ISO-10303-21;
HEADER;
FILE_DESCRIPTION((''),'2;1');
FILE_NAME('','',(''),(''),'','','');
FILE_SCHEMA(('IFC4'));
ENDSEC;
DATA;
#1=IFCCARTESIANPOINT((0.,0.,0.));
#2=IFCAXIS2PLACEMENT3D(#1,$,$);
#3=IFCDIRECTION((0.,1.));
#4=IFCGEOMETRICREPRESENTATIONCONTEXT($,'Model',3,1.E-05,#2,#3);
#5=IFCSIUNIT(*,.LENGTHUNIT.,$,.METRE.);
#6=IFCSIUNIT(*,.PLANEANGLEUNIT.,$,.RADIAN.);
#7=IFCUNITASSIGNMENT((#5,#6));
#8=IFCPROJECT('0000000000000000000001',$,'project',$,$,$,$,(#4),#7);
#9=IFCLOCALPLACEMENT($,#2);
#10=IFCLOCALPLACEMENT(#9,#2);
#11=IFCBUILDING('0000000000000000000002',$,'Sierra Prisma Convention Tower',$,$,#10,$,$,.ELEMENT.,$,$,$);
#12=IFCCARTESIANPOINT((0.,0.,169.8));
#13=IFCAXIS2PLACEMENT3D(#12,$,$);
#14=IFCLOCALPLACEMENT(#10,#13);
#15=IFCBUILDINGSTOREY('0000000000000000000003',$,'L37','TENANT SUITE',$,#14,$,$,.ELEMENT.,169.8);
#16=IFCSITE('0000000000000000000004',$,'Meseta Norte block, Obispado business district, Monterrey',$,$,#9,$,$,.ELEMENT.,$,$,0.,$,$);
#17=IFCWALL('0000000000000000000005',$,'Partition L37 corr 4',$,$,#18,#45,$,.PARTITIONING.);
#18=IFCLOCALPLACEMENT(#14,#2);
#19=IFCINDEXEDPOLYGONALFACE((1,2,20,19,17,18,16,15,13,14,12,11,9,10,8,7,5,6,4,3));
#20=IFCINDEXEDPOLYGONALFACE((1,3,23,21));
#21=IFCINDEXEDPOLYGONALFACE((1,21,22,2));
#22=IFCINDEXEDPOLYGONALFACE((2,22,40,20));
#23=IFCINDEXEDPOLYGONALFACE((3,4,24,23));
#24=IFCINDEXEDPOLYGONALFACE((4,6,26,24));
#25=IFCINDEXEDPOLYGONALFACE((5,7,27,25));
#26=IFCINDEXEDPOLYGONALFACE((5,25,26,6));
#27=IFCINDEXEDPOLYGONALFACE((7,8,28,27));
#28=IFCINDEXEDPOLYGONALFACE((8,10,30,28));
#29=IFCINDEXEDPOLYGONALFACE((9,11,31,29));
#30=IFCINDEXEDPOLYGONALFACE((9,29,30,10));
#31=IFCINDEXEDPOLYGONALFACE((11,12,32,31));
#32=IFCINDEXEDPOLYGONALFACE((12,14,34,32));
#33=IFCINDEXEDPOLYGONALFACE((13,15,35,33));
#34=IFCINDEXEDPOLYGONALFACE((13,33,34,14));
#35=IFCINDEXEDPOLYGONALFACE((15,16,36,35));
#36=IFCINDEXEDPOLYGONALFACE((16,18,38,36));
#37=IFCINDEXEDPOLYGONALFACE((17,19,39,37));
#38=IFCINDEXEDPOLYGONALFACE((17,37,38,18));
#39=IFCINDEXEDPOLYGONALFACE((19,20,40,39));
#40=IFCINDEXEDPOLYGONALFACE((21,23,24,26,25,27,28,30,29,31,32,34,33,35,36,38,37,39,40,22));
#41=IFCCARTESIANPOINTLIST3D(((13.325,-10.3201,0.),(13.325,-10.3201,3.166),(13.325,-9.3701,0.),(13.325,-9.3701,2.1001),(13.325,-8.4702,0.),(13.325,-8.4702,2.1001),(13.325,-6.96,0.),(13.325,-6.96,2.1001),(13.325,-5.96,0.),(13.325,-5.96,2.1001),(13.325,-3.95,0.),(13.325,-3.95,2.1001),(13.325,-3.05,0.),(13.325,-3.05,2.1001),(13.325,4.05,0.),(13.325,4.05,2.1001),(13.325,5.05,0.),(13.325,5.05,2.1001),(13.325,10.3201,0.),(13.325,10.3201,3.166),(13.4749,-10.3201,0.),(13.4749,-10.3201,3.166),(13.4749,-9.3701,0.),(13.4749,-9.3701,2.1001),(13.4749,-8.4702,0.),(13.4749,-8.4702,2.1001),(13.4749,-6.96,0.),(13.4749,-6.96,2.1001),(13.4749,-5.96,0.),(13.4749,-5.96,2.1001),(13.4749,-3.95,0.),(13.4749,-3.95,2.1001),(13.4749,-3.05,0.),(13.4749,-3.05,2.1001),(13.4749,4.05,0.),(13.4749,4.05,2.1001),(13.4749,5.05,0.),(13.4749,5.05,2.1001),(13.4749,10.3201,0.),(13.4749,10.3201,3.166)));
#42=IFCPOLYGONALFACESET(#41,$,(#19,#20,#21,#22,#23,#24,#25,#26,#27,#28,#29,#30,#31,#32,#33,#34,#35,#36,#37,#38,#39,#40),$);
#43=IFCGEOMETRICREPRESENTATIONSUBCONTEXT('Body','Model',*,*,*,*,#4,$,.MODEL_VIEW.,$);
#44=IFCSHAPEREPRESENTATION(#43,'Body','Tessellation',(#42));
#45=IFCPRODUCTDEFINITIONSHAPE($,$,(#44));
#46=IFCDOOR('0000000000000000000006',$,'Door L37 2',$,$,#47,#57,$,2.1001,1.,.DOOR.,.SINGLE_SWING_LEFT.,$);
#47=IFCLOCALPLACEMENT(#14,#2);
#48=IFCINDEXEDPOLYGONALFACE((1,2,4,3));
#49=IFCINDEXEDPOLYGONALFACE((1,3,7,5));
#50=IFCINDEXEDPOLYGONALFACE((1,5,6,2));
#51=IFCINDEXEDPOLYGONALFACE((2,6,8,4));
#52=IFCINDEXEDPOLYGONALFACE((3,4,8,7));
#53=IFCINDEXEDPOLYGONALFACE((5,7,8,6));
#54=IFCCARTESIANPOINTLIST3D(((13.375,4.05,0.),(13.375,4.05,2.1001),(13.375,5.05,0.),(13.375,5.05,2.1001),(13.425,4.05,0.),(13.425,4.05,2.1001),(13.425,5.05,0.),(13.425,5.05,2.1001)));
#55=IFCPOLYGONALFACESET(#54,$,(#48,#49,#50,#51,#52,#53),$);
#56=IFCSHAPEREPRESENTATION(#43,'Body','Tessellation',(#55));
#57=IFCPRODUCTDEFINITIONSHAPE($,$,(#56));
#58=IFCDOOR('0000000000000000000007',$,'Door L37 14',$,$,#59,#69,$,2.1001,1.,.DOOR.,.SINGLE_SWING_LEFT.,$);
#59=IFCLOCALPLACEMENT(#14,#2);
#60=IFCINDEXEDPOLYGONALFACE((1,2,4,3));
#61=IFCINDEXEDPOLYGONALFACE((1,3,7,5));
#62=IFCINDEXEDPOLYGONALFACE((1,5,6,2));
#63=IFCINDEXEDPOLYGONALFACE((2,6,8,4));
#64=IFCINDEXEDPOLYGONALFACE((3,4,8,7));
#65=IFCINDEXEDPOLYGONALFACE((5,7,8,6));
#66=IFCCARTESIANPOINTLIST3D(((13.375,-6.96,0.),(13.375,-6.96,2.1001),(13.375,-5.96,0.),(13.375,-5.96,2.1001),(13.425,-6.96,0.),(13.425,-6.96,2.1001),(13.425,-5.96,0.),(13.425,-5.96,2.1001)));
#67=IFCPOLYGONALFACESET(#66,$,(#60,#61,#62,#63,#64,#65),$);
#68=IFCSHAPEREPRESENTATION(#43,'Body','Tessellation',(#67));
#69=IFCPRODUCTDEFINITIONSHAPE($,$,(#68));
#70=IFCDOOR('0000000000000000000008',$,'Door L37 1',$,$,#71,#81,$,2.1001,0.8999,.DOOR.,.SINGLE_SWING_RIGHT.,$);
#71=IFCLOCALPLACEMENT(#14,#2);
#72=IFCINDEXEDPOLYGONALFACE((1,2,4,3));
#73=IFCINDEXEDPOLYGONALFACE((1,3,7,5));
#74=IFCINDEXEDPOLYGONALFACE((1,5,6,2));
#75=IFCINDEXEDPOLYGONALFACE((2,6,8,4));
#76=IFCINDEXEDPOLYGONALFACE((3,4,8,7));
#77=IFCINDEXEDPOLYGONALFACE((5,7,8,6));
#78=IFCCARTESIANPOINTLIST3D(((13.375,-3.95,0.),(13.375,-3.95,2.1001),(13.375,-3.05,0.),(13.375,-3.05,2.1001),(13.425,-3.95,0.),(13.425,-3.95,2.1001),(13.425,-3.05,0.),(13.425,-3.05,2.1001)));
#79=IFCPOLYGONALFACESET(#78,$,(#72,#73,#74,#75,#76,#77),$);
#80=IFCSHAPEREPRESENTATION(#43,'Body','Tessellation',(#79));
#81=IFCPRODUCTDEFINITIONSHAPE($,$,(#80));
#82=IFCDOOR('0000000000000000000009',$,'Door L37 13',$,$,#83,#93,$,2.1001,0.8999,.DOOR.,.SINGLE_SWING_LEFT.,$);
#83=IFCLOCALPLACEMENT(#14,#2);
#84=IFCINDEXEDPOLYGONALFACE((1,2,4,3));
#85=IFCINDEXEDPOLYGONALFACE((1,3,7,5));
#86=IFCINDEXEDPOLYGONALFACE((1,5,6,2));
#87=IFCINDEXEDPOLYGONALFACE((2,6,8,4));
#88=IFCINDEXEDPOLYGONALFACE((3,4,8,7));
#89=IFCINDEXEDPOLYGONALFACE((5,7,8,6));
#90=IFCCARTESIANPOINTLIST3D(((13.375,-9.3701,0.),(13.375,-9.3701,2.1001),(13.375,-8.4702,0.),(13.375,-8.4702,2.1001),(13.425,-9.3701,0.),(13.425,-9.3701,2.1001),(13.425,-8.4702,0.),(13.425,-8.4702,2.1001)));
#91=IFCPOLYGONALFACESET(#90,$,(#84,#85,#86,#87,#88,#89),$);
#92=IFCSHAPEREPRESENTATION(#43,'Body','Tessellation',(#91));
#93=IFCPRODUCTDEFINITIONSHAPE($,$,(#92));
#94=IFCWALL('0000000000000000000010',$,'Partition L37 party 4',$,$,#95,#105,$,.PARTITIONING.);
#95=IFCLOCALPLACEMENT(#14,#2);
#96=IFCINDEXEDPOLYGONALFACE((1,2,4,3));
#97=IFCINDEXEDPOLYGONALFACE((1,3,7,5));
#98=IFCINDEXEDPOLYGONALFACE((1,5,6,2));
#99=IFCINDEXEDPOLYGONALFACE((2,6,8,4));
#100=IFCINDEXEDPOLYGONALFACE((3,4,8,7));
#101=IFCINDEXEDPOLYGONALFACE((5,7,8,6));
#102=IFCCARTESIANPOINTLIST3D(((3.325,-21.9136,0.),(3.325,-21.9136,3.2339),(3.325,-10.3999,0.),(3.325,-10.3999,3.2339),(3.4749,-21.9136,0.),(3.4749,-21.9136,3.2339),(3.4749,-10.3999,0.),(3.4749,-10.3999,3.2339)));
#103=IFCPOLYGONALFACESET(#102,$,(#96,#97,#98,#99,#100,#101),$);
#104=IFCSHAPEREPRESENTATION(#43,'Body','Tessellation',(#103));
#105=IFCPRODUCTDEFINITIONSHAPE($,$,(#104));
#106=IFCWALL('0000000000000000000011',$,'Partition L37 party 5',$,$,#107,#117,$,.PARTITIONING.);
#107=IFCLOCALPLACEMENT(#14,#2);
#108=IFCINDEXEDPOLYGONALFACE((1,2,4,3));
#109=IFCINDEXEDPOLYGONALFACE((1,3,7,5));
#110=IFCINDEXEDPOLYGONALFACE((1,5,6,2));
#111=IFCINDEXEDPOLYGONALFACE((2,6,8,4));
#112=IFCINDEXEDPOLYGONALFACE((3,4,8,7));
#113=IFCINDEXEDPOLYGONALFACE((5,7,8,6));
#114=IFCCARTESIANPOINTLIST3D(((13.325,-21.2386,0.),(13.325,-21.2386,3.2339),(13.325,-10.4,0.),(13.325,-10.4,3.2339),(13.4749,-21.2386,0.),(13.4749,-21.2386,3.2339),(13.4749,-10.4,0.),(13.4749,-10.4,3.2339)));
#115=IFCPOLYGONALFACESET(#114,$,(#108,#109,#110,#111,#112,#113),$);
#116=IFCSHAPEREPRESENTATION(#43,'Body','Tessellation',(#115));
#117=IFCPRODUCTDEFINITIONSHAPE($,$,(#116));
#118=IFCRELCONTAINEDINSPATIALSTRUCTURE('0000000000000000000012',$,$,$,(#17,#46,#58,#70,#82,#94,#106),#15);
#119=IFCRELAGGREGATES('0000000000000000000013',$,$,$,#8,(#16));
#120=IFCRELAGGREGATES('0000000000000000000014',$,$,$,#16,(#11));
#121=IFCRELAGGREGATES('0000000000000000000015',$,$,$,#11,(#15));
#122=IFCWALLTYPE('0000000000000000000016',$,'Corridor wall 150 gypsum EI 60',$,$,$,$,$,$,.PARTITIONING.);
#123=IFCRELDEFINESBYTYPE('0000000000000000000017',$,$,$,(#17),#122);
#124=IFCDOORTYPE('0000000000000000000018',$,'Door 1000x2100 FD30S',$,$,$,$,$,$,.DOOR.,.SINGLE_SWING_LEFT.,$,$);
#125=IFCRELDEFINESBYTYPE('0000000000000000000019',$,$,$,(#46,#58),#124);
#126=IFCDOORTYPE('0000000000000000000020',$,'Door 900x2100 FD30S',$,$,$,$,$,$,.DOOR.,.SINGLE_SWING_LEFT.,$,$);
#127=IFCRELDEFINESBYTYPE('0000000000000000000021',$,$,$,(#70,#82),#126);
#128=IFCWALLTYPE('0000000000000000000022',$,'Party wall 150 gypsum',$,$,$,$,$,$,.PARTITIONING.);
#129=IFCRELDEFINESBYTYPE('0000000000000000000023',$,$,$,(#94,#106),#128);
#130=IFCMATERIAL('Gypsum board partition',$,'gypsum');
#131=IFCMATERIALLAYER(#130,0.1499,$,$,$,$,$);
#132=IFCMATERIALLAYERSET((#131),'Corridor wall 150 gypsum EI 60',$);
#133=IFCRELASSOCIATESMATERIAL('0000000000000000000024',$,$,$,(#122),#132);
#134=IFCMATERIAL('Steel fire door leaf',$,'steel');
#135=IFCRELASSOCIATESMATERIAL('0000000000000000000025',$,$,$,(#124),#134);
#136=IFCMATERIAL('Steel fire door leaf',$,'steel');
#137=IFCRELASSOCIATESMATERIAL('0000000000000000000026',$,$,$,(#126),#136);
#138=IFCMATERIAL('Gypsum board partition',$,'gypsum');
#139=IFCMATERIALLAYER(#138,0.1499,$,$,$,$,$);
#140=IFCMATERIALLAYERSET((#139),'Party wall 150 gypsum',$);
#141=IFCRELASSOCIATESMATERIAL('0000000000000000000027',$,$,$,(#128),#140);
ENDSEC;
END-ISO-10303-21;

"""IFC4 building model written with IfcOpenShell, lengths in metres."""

from ifc_helpers import new_model, si_unit, direction, frame, frame_2d, origin, place, context, subcontext, project, spatial, rectangle, extrude, material, layer, layer_set, type_object, element, fill, save


model = new_model("IFC4")

# Units and contexts
model_context = context("Model", 3, precision=1e-05, world=origin(), true_north=direction((0.0, 1.0)))
body_context = subcontext(model_context, "Body", "Model", "MODEL_VIEW")
ifc_project = project(units=[si_unit("LENGTHUNIT", "METRE"), si_unit("PLANEANGLEUNIT", "RADIAN")], contexts=[model_context])

# Site, building, storey
site_placement = place(None, origin())
site = spatial("IfcSite", under=ifc_project, at=site_placement, Name="Meseta Norte block, Obispado business district, Monterrey", CompositionType="ELEMENT", RefElevation=0.0)
building_placement = place(site_placement, origin())
building = spatial("IfcBuilding", under=site, at=building_placement, Name="Sierra Prisma Convention Tower", CompositionType="ELEMENT")
storey_placement = place(building_placement, frame((0.0, 0.0, 169.8)))
storey = spatial("IfcBuildingStorey", under=building, at=storey_placement, Name="L37", Description="TENANT SUITE", CompositionType="ELEMENT", Elevation=169.8)

# Wall, openings, doors
ifc_material_1 = material(Name="Gypsum board partition", Category="gypsum")
ifc_layer_1 = layer(ifc_material_1, 0.1499)
ifc_layer_set_1 = layer_set([ifc_layer_1], Name="Corridor wall 150 gypsum EI 60")
wall_type_1 = type_object("IfcWallType", Name="Corridor wall 150 gypsum EI 60", PredefinedType="PARTITIONING", material=ifc_layer_set_1)
wall_1_placement = place(storey_placement, frame((13.3999, -10.3201, 0.0), z_axis=(0.0, 0.0, 1.0), x_axis=(0.0, 1.0, 0.0)))
wall_1 = element("IfcWall", 1, at=wall_1_placement, inside=storey, type_object=wall_type_1, Name="Partition L37 corr 4", PredefinedType="PARTITIONING", context=body_context, shape_type="SweptSolid", body=[
    extrude(rectangle(XDim=20.6401, YDim=0.1499, at=frame_2d((10.3201, 0.0))), origin(), (0.0, 0.0, 1.0), 3.166),
])
opening_1_placement = place(wall_1_placement, frame((6.3701, 0.0, 0.0)))
opening_1 = element("IfcOpeningElement", 2, at=opening_1_placement, cuts=wall_1, PredefinedType="OPENING", context=body_context, shape_type="SweptSolid", body=[
    extrude(rectangle(XDim=0.8999, YDim=2.1001, at=frame_2d((0.45, 1.05))), frame((0.0, 0.075, 0.0), z_axis=(0.0, -1.0, 0.0), x_axis=(1.0, 0.0, 0.0)), (0.0, 0.0, 1.0), 0.1499),
])
opening_2_placement = place(wall_1_placement, frame((14.3701, 0.0, 0.0)))
opening_2 = element("IfcOpeningElement", 3, at=opening_2_placement, cuts=wall_1, PredefinedType="OPENING", context=body_context, shape_type="SweptSolid", body=[
    extrude(rectangle(XDim=1.0, YDim=2.1001, at=frame_2d((0.5, 1.05))), frame((0.0, 0.075, 0.0), z_axis=(0.0, -1.0, 0.0), x_axis=(1.0, 0.0, 0.0)), (0.0, 0.0, 1.0), 0.1499),
])
opening_3_placement = place(wall_1_placement, frame((0.95, 0.0, 0.0)))
opening_3 = element("IfcOpeningElement", 4, at=opening_3_placement, cuts=wall_1, PredefinedType="OPENING", context=body_context, shape_type="SweptSolid", body=[
    extrude(rectangle(XDim=0.8999, YDim=2.1001, at=frame_2d((0.45, 1.05))), frame((0.0, 0.075, 0.0), z_axis=(0.0, -1.0, 0.0), x_axis=(1.0, 0.0, 0.0)), (0.0, 0.0, 1.0), 0.1499),
])
opening_4_placement = place(wall_1_placement, frame((3.3601, 0.0, 0.0)))
opening_4 = element("IfcOpeningElement", 5, at=opening_4_placement, cuts=wall_1, PredefinedType="OPENING", context=body_context, shape_type="SweptSolid", body=[
    extrude(rectangle(XDim=1.0, YDim=2.1001, at=frame_2d((0.5, 1.05))), frame((0.0, 0.075, 0.0), z_axis=(0.0, -1.0, 0.0), x_axis=(1.0, 0.0, 0.0)), (0.0, 0.0, 1.0), 0.1499),
])
ifc_material_2 = material(Name="Steel fire door leaf", Category="steel")
door_type_1 = type_object("IfcDoorType", Name="Door 1000x2100 FD30S", OperationType="SINGLE_SWING_LEFT", PredefinedType="DOOR", material=ifc_material_2)
door_1_placement = place(opening_2_placement, origin())
door_1 = element("IfcDoor", 6, at=door_1_placement, inside=storey, type_object=door_type_1, Name="Door L37 2", OperationType="SINGLE_SWING_LEFT", OverallHeight=2.1001, OverallWidth=1.0, PredefinedType="DOOR", context=body_context, shape_type="SweptSolid", body=[
    extrude(rectangle(XDim=1.0, YDim=2.1001, at=frame_2d((0.5, 1.05))), frame((0.0, 0.0249, 0.0), z_axis=(0.0, -1.0, 0.0), x_axis=(1.0, 0.0, 0.0)), (0.0, 0.0, 1.0), 0.05),
])
fill(opening_2, door_1)
door_2_placement = place(opening_4_placement, origin())
door_2 = element("IfcDoor", 7, at=door_2_placement, inside=storey, type_object=door_type_1, Name="Door L37 14", OperationType="SINGLE_SWING_LEFT", OverallHeight=2.1001, OverallWidth=1.0, PredefinedType="DOOR", context=body_context, shape_type="SweptSolid", body=[
    extrude(rectangle(XDim=1.0, YDim=2.1001, at=frame_2d((0.5, 1.05))), frame((0.0, 0.0249, 0.0), z_axis=(0.0, -1.0, 0.0), x_axis=(1.0, 0.0, 0.0)), (0.0, 0.0, 1.0), 0.05),
])
fill(opening_4, door_2)
ifc_material_3 = material(Name="Steel fire door leaf", Category="steel")
door_type_2 = type_object("IfcDoorType", Name="Door 900x2100 FD30S", OperationType="SINGLE_SWING_LEFT", PredefinedType="DOOR", material=ifc_material_3)
door_3_placement = place(opening_1_placement, origin())
door_3 = element("IfcDoor", 8, at=door_3_placement, inside=storey, type_object=door_type_2, Name="Door L37 1", OperationType="SINGLE_SWING_RIGHT", OverallHeight=2.1001, OverallWidth=0.8999, PredefinedType="DOOR", context=body_context, shape_type="SweptSolid", body=[
    extrude(rectangle(XDim=0.8999, YDim=2.1001, at=frame_2d((0.45, 1.05))), frame((0.0, 0.0249, 0.0), z_axis=(0.0, -1.0, 0.0), x_axis=(1.0, 0.0, 0.0)), (0.0, 0.0, 1.0), 0.05),
])
fill(opening_1, door_3)
door_4_placement = place(opening_3_placement, origin())
door_4 = element("IfcDoor", 9, at=door_4_placement, inside=storey, type_object=door_type_2, Name="Door L37 13", OperationType="SINGLE_SWING_LEFT", OverallHeight=2.1001, OverallWidth=0.8999, PredefinedType="DOOR", context=body_context, shape_type="SweptSolid", body=[
    extrude(rectangle(XDim=0.8999, YDim=2.1001, at=frame_2d((0.45, 1.05))), frame((0.0, 0.0249, 0.0), z_axis=(0.0, -1.0, 0.0), x_axis=(1.0, 0.0, 0.0)), (0.0, 0.0, 1.0), 0.05),
])
fill(opening_3, door_4)

# Walls
ifc_material_4 = material(Name="Gypsum board partition", Category="gypsum")
ifc_layer_2 = layer(ifc_material_4, 0.1499)
ifc_layer_set_2 = layer_set([ifc_layer_2], Name="Party wall 150 gypsum")
wall_type_2 = type_object("IfcWallType", Name="Party wall 150 gypsum", PredefinedType="PARTITIONING", material=ifc_layer_set_2)
wall_2_placement = place(storey_placement, frame((3.3999, -10.3999, 0.0), z_axis=(0.0, 0.0, 1.0), x_axis=(0.0, -1.0, 0.0)))
element("IfcWall", 10, at=wall_2_placement, inside=storey, type_object=wall_type_2, Name="Partition L37 party 4", PredefinedType="PARTITIONING", context=body_context, shape_type="SweptSolid", body=[
    extrude(rectangle(XDim=11.5137, YDim=0.1499, at=frame_2d((5.7568, 0.0))), origin(), (0.0, 0.0, 1.0), 3.2339),
])
wall_3_placement = place(storey_placement, frame((13.3999, -10.3999, 0.0), z_axis=(0.0, 0.0, 1.0), x_axis=(0.0, -1.0, 0.0)))
element("IfcWall", 11, at=wall_3_placement, inside=storey, type_object=wall_type_2, Name="Partition L37 party 5", PredefinedType="PARTITIONING", context=body_context, shape_type="SweptSolid", body=[
    extrude(rectangle(XDim=10.8386, YDim=0.1499, at=frame_2d((5.4194, 0.0))), origin(), (0.0, 0.0, 1.0), 3.2339),
])

save(model, "model.ifc")
